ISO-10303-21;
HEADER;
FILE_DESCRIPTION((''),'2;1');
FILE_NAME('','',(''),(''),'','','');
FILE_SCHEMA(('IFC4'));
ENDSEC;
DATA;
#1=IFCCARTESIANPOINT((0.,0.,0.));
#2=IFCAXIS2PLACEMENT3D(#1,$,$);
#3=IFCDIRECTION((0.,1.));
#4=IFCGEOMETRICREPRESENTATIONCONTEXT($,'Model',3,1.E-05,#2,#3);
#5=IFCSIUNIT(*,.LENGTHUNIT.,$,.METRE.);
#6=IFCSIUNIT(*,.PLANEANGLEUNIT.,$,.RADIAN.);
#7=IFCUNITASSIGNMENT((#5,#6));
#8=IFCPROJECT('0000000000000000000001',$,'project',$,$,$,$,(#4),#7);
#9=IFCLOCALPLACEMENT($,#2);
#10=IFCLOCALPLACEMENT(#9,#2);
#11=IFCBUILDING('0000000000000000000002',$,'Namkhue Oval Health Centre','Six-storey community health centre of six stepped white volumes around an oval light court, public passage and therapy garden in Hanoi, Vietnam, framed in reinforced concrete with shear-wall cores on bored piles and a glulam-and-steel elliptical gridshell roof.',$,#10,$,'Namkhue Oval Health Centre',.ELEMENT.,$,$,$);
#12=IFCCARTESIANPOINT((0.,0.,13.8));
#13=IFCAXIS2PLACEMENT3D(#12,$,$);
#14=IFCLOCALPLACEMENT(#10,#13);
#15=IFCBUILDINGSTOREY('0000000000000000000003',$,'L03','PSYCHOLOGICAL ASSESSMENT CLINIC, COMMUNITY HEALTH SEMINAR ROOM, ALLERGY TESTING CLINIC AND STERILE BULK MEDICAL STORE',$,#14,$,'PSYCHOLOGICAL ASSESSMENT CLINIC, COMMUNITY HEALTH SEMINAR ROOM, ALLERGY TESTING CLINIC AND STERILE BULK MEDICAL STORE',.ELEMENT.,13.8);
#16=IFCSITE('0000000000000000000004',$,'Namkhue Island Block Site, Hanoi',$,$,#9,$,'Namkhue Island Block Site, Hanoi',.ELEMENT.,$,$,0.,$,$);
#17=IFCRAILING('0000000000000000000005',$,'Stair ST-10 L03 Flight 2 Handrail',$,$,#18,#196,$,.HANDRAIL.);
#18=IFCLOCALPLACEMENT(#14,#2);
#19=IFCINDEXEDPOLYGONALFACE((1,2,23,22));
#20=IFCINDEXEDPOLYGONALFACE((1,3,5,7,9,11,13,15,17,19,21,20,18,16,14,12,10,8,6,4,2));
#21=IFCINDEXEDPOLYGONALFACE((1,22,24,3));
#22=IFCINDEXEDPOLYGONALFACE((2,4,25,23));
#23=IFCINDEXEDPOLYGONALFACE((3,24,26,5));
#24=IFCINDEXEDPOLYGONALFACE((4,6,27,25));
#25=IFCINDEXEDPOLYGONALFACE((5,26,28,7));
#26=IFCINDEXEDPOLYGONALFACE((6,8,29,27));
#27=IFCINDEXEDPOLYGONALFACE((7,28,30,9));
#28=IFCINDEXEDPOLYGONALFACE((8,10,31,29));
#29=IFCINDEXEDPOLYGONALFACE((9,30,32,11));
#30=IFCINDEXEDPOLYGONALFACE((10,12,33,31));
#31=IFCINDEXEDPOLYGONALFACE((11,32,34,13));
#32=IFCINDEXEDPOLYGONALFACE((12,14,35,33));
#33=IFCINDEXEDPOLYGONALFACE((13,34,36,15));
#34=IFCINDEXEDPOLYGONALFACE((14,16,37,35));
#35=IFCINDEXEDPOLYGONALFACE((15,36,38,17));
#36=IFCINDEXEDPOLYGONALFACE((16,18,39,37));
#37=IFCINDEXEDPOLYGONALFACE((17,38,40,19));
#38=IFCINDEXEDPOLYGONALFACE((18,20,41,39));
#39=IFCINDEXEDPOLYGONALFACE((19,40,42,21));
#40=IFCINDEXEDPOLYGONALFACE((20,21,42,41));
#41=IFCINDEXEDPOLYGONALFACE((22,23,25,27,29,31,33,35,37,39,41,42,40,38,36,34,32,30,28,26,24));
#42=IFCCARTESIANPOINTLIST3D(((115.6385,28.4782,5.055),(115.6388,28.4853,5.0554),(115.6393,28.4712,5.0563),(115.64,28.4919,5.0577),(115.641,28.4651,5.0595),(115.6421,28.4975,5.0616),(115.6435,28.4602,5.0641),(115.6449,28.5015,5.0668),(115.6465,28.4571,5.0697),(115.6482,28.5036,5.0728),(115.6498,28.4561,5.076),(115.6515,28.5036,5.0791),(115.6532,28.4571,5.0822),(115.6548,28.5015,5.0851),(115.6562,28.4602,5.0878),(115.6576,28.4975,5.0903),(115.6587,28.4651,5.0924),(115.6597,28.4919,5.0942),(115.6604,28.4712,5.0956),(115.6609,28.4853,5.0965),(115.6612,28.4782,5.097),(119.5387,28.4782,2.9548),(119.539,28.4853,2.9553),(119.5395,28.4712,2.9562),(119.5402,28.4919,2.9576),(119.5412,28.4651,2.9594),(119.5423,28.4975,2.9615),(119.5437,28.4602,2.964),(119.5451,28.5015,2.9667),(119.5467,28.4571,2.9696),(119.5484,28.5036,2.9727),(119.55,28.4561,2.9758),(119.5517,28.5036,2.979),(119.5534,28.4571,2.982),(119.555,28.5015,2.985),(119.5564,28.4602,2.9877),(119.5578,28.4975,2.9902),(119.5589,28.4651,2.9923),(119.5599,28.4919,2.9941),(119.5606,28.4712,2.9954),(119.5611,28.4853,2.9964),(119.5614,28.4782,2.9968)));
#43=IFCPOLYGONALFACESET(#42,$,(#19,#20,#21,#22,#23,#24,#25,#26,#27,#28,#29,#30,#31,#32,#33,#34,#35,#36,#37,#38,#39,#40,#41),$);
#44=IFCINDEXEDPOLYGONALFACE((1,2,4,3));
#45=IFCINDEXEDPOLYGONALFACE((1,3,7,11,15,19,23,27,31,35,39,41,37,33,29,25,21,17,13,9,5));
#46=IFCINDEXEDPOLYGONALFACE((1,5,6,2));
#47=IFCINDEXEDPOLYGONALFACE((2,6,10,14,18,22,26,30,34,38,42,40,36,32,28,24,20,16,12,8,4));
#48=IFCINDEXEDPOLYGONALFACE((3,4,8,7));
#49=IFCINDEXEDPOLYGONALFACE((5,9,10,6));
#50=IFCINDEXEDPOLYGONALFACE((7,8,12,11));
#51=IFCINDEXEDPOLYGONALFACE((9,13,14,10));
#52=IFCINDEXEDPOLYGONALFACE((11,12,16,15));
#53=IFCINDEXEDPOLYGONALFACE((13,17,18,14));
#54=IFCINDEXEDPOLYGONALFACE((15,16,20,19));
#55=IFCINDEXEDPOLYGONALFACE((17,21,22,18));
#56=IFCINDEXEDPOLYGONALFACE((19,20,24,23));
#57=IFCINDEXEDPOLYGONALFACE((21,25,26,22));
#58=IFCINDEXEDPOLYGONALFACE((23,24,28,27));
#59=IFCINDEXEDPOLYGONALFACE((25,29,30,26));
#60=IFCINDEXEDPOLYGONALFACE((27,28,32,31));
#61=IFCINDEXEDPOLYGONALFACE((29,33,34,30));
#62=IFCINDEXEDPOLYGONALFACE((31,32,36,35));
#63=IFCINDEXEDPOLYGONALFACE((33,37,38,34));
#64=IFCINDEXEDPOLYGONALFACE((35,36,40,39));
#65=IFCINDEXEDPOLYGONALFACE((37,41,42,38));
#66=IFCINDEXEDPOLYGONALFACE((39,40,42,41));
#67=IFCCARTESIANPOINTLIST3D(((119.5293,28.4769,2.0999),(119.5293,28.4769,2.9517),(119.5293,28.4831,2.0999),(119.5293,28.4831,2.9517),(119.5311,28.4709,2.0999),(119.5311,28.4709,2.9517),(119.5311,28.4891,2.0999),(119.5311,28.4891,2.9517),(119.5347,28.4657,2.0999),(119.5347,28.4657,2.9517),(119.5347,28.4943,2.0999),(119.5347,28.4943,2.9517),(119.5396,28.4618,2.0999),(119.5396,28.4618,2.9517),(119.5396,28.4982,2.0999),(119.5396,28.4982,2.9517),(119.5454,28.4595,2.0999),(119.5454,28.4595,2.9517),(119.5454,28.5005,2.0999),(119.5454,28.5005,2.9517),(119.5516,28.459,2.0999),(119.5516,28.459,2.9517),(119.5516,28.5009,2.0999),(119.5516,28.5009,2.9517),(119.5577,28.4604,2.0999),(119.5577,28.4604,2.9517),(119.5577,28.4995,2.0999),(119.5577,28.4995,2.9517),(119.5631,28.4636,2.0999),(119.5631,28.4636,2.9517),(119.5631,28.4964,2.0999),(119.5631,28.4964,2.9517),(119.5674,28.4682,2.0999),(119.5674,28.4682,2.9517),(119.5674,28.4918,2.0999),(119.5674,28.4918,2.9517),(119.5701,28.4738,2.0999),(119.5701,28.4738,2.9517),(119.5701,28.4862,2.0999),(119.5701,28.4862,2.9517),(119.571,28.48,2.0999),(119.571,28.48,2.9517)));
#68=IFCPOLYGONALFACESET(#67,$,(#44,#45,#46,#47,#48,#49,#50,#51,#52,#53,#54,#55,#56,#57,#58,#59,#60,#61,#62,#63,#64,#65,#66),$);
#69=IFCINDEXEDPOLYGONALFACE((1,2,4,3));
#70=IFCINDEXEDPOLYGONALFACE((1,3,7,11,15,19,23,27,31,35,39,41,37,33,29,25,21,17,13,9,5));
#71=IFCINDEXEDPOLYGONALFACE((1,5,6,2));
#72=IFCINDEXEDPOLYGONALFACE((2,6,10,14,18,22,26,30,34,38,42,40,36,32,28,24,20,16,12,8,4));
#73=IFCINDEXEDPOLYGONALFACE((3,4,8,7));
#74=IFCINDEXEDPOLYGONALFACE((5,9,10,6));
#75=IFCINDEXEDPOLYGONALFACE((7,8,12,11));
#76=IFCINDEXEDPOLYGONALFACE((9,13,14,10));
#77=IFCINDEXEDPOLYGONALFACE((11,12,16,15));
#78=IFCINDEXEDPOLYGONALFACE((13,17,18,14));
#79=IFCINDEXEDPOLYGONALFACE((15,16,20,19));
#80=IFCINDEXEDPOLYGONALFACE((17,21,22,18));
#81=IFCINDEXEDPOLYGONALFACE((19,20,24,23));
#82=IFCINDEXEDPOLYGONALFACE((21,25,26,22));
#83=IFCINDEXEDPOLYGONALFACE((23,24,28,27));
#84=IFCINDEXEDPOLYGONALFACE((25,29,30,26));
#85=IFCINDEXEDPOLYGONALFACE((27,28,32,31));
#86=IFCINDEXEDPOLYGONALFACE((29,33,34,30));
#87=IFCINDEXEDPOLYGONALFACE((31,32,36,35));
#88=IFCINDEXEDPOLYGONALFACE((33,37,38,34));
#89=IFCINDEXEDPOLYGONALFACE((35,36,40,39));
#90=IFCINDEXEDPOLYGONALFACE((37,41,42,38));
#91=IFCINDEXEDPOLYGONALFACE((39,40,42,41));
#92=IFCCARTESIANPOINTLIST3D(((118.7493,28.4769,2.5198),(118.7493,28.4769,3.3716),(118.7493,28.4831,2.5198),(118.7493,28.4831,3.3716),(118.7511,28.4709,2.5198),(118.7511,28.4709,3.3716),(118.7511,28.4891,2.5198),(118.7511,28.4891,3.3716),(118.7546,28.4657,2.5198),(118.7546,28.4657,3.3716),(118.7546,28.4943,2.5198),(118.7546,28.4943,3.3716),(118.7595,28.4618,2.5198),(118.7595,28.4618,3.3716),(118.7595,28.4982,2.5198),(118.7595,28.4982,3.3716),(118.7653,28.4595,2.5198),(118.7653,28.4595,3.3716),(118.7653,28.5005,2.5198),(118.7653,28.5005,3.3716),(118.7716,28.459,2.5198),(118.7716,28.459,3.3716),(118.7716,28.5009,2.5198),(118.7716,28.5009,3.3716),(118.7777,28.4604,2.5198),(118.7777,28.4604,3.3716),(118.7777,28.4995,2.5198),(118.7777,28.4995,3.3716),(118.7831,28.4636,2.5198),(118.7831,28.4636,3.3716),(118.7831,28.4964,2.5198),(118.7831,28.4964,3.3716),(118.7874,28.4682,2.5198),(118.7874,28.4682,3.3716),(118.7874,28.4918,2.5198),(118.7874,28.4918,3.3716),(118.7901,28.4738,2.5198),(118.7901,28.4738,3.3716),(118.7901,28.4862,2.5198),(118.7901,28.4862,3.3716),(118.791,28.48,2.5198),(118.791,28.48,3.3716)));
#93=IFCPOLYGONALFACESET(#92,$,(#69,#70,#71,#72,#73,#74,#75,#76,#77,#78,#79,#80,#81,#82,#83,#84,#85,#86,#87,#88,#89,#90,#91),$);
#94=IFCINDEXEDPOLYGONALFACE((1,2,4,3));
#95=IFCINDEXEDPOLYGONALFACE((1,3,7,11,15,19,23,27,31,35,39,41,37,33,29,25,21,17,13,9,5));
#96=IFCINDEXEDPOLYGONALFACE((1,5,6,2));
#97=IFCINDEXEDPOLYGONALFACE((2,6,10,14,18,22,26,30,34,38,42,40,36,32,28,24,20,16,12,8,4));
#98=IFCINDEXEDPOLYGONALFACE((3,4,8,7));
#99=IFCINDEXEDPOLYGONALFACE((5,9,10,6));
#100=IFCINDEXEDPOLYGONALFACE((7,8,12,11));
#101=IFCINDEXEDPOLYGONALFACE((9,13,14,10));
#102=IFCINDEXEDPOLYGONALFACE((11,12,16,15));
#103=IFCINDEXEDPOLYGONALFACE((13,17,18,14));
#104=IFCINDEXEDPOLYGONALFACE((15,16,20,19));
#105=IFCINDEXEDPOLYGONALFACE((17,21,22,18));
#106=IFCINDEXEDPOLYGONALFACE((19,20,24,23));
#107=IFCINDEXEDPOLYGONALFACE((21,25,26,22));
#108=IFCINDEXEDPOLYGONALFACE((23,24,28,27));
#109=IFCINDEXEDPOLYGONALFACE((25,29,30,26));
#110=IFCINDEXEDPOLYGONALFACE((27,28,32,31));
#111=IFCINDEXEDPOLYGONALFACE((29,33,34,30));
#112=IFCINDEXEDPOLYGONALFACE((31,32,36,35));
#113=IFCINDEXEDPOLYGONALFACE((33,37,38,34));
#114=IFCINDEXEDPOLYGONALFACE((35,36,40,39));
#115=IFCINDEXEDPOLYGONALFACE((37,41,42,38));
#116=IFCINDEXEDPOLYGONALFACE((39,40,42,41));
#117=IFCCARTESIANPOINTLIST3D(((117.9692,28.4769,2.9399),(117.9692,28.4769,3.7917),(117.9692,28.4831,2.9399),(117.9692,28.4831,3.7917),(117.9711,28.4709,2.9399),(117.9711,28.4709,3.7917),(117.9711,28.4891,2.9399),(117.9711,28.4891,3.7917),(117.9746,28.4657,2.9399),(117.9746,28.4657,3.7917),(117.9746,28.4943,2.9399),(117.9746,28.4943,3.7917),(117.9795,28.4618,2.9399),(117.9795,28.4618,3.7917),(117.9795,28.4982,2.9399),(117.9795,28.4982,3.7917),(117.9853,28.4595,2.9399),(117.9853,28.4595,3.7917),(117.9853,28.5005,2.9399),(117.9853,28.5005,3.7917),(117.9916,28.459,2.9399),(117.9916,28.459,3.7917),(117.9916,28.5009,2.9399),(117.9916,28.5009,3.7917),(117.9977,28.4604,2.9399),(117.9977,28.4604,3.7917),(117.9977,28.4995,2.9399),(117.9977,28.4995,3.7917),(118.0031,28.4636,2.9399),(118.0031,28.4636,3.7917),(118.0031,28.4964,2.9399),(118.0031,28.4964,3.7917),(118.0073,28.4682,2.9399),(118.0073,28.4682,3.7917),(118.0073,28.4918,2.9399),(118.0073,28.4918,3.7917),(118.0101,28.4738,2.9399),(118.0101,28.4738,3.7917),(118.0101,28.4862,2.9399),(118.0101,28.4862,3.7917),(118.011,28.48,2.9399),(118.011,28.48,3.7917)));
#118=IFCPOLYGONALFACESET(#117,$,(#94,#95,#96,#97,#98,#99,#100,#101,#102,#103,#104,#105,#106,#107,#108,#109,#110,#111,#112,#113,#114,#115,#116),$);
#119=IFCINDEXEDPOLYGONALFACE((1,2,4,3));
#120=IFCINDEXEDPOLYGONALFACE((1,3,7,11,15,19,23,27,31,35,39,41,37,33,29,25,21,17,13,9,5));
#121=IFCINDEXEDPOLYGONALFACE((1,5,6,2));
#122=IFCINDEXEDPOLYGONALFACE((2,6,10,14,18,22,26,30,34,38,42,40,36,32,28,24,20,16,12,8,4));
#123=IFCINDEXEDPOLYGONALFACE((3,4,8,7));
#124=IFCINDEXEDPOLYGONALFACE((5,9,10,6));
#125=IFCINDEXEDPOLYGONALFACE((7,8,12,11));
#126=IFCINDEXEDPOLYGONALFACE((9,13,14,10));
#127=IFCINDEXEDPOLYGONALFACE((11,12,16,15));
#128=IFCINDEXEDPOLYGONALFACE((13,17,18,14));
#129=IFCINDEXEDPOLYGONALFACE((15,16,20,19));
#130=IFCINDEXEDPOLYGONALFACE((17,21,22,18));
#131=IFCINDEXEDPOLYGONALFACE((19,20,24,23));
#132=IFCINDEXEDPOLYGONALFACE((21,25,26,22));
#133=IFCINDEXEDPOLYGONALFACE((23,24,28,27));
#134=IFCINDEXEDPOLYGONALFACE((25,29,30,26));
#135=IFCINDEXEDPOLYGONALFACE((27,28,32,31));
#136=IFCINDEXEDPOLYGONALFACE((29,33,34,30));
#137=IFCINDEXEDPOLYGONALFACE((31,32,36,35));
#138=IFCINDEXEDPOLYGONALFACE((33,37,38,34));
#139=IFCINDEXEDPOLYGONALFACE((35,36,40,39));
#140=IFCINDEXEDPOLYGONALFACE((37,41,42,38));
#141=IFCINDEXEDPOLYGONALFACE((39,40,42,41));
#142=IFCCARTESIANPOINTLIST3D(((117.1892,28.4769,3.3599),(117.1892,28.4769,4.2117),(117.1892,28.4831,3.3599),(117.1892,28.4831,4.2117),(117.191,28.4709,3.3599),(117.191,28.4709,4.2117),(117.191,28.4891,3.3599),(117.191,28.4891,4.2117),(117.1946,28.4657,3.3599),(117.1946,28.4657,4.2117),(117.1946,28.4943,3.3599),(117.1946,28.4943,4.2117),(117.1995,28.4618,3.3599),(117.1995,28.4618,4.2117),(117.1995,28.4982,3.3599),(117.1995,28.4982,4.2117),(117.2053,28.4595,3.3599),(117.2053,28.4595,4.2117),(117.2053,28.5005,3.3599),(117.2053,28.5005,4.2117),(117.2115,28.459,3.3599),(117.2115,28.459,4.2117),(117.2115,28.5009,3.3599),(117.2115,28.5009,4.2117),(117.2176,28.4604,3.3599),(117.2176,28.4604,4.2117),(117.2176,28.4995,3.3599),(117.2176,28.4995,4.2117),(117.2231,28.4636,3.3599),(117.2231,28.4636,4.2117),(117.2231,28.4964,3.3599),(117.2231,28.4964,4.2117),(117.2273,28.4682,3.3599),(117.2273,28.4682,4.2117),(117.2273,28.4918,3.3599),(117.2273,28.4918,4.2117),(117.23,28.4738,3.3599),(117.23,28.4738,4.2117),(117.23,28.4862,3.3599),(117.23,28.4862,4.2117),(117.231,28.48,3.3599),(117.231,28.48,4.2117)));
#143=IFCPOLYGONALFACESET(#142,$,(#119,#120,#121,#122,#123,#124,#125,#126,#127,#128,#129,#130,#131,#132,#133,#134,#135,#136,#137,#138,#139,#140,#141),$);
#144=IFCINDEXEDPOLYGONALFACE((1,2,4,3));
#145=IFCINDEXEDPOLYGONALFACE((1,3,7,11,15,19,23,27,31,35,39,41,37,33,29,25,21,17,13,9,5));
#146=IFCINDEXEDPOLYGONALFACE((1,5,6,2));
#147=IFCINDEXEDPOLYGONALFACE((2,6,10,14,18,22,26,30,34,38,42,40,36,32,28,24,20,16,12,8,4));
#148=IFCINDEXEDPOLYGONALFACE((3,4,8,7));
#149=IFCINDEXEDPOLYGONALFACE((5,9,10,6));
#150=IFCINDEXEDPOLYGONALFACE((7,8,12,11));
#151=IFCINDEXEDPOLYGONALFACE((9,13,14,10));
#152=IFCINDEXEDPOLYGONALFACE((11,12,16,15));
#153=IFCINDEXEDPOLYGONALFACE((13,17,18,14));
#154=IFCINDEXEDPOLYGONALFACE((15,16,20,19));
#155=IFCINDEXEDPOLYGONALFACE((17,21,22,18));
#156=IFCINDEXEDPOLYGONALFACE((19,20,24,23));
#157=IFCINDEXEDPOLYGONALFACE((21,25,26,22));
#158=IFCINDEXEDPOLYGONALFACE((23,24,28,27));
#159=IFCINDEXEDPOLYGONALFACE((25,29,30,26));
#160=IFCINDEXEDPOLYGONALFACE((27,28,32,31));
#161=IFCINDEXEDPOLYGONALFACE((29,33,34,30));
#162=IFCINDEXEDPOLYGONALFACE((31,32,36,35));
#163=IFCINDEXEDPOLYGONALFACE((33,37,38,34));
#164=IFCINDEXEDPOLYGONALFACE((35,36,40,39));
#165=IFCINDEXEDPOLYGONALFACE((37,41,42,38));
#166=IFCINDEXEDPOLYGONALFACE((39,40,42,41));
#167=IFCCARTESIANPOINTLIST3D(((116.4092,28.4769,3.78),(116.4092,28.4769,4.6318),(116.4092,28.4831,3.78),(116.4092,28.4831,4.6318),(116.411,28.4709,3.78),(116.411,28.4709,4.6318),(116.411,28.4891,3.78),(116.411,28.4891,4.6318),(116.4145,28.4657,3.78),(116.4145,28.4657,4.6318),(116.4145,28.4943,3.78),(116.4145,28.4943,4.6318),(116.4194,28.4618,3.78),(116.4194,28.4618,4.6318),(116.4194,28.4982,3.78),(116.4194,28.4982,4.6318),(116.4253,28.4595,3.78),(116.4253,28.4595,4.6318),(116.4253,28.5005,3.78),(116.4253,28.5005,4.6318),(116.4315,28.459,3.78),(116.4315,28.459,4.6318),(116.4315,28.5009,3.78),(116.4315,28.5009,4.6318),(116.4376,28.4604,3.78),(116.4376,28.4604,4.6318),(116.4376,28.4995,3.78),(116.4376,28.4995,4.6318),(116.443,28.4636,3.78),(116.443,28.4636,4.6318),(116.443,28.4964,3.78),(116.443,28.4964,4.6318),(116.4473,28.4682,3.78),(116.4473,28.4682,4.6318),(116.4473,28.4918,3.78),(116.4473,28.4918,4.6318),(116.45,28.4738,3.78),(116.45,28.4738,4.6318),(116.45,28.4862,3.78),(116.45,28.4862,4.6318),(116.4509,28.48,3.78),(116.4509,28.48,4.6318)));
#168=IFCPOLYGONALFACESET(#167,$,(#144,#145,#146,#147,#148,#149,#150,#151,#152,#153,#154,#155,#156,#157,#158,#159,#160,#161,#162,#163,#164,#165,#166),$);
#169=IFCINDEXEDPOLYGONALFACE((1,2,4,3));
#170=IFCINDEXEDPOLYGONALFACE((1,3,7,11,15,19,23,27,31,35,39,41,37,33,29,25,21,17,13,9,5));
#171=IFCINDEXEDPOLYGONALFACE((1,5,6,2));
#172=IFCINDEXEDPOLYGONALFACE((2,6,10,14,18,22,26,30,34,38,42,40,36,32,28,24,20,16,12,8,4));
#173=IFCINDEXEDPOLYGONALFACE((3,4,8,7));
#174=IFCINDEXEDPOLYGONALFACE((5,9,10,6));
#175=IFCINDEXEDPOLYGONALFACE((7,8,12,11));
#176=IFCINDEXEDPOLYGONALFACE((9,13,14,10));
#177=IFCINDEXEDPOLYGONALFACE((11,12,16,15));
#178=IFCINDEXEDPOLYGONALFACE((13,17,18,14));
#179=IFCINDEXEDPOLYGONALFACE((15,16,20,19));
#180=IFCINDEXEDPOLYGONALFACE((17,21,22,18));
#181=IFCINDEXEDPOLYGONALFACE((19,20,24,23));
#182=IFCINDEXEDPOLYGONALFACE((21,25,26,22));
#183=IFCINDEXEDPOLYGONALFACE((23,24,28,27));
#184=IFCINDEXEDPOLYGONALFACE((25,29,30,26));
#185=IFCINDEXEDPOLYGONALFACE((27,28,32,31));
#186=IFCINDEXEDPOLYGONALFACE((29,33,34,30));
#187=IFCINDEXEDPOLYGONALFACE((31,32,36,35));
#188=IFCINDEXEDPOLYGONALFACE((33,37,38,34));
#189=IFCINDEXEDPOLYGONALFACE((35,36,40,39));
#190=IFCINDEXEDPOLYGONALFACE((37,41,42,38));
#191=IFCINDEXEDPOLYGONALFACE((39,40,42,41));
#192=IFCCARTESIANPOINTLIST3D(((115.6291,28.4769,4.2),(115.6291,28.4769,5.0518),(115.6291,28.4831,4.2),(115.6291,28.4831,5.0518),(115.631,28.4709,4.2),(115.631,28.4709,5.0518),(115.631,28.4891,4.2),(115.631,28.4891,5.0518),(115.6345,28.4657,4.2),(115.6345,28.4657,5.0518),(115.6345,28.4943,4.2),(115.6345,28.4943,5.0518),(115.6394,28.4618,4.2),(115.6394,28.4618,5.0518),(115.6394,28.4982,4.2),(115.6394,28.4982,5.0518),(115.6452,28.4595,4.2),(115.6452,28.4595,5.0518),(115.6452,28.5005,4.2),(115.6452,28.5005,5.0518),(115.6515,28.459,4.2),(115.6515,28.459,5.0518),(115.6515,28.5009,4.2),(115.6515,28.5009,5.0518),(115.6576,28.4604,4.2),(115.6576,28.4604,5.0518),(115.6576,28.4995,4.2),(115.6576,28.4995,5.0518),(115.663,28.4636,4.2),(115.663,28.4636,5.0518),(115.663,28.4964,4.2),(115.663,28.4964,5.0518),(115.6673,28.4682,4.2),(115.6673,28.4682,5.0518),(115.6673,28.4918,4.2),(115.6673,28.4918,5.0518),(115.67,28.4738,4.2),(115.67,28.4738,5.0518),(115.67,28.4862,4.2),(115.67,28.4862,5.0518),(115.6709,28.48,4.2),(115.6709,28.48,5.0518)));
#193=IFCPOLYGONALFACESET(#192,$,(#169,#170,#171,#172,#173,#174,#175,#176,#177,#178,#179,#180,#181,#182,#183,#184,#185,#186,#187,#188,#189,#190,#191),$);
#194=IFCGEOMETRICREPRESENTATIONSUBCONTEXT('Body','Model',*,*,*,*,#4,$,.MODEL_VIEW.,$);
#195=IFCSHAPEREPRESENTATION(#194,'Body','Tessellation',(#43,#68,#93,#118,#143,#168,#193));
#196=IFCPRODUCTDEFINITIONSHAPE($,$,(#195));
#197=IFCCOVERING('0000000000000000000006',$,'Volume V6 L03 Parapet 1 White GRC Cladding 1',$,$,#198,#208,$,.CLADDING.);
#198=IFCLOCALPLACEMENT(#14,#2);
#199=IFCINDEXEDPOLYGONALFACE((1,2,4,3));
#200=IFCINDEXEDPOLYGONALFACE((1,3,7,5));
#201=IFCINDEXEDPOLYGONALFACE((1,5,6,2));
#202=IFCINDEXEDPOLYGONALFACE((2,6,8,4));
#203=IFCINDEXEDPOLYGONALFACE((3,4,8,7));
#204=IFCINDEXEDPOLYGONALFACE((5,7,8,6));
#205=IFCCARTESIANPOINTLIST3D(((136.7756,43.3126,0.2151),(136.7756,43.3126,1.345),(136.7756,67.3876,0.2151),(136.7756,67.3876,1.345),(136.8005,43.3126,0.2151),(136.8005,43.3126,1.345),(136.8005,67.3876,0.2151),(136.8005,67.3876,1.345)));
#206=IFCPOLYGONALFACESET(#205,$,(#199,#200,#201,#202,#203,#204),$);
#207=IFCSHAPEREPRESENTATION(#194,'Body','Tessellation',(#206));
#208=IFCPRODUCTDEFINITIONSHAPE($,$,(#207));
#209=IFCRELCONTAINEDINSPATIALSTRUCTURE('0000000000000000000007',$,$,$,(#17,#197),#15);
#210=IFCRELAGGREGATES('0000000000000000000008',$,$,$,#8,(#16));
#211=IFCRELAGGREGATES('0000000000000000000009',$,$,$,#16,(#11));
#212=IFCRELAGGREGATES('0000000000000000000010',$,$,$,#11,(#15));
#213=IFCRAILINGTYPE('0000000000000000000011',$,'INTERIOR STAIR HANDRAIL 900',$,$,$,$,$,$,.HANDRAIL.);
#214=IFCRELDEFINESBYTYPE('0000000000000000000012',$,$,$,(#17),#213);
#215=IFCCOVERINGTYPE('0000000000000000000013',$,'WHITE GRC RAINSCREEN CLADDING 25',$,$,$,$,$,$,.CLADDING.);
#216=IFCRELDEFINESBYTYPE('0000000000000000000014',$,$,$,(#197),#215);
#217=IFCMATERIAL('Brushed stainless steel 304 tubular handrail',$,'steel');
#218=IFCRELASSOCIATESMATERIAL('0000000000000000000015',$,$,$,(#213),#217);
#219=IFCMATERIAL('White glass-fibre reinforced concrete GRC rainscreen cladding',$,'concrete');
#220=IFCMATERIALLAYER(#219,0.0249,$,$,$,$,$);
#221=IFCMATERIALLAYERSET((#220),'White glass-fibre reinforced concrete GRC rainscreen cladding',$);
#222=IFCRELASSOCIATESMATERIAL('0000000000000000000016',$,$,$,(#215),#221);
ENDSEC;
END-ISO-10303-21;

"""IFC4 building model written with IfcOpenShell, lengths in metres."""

from ifc_helpers import new_model, si_unit, direction, frame, origin, origin_2d, place, context, subcontext, project, spatial, rectangle, circle, extrude, material, layer, layer_set, type_object, element, save


model = new_model("IFC4")

# Units and contexts
model_context = context("Model", 3, precision=1e-05, world=origin(), true_north=direction((0.0, 1.0)))
body_context = subcontext(model_context, "Body", "Model", "MODEL_VIEW")
ifc_project = project(units=[si_unit("LENGTHUNIT", "METRE"), si_unit("PLANEANGLEUNIT", "RADIAN")], contexts=[model_context])

# Site, building, storey
site_placement = place(None, origin())
site = spatial("IfcSite", under=ifc_project, at=site_placement, Name="Namkhue Island Block Site, Hanoi", LongName="Namkhue Island Block Site, Hanoi", CompositionType="ELEMENT", RefElevation=0.0)
building_placement = place(site_placement, origin())
building = spatial("IfcBuilding", under=site, at=building_placement, Name="Namkhue Oval Health Centre", Description="Six-storey community health centre of six stepped white volumes around an oval light court, public passage and therapy garden in Hanoi, Vietnam, framed in reinforced concrete with shear-wall cores on bored piles and a glulam-and-steel elliptical gridshell roof.", LongName="Namkhue Oval Health Centre", CompositionType="ELEMENT")
storey_placement = place(building_placement, frame((0.0, 0.0, 13.8)))
storey = spatial("IfcBuildingStorey", under=building, at=storey_placement, Name="L03", Description="PSYCHOLOGICAL ASSESSMENT CLINIC, COMMUNITY HEALTH SEMINAR ROOM, ALLERGY TESTING CLINIC AND STERILE BULK MEDICAL STORE", LongName="PSYCHOLOGICAL ASSESSMENT CLINIC, COMMUNITY HEALTH SEMINAR ROOM, ALLERGY TESTING CLINIC AND STERILE BULK MEDICAL STORE", CompositionType="ELEMENT", Elevation=13.8)

# Railing
ifc_material_1 = material(Name="Brushed stainless steel 304 tubular handrail", Category="steel")
railing_type = type_object("IfcRailingType", Name="INTERIOR STAIR HANDRAIL 900", PredefinedType="HANDRAIL", material=ifc_material_1)
railing_placement = place(storey_placement, frame((119.55, 28.48, 2.0999)))
element("IfcRailing", 1, at=railing_placement, inside=storey, type_object=railing_type, Name="Stair ST-10 L03 Flight 2 Handrail", PredefinedType="HANDRAIL", context=body_context, shape_type="SweptSolid", body=[
    extrude(circle(Radius=0.0239, at=origin_2d()), frame((0.0, 0.0, 0.876), z_axis=(-0.880469, 0.0, 0.474103), x_axis=(0.0, -1.0, 0.0)), (0.0, 0.0, 1.0), 4.4297),
    extrude(circle(Radius=0.021, at=origin_2d()), origin(), (0.0, 0.0, 1.0), 0.8518),
    extrude(circle(Radius=0.021, at=origin_2d()), frame((-0.78, 0.0, 0.4199)), (0.0, 0.0, 1.0), 0.8518),
    extrude(circle(Radius=0.021, at=origin_2d()), frame((-1.5601, 0.0, 0.8401)), (0.0, 0.0, 1.0), 0.8518),
    extrude(circle(Radius=0.021, at=origin_2d()), frame((-2.3401, 0.0, 1.26)), (0.0, 0.0, 1.0), 0.8518),
    extrude(circle(Radius=0.021, at=origin_2d()), frame((-3.1201, 0.0, 1.6802)), (0.0, 0.0, 1.0), 0.8518),
    extrude(circle(Radius=0.021, at=origin_2d()), frame((-3.9001, 0.0, 2.1001)), (0.0, 0.0, 1.0), 0.8518),
])

# Covering
ifc_material_2 = material(Name="White glass-fibre reinforced concrete GRC rainscreen cladding", Category="concrete")
ifc_layer_1 = layer(ifc_material_2, 0.0249)
ifc_layer_set_1 = layer_set([ifc_layer_1], Name="White glass-fibre reinforced concrete GRC rainscreen cladding")
covering_type = type_object("IfcCoveringType", Name="WHITE GRC RAINSCREEN CLADDING 25", PredefinedType="CLADDING", material=ifc_layer_set_1)
for number, where, z_axis, x_axis, name in (
    (2, (136.7881, 55.3501, 0.2151), (0.0, 0.0, 1.0), (0.0, 1.0, 0.0), "Volume V6 L03 Parapet 1 White GRC Cladding 1"),
):
    element("IfcCovering", number, at=place(storey_placement, frame(where, z_axis=z_axis, x_axis=x_axis)), inside=storey, type_object=covering_type, Name=name, PredefinedType="CLADDING", context=body_context, shape_type="SweptSolid", body=[
        extrude(rectangle(XDim=24.075, YDim=0.0249, at=origin_2d()), origin(), (0.0, 0.0, 1.0), 1.1299),
    ])

save(model, "model.ifc")
